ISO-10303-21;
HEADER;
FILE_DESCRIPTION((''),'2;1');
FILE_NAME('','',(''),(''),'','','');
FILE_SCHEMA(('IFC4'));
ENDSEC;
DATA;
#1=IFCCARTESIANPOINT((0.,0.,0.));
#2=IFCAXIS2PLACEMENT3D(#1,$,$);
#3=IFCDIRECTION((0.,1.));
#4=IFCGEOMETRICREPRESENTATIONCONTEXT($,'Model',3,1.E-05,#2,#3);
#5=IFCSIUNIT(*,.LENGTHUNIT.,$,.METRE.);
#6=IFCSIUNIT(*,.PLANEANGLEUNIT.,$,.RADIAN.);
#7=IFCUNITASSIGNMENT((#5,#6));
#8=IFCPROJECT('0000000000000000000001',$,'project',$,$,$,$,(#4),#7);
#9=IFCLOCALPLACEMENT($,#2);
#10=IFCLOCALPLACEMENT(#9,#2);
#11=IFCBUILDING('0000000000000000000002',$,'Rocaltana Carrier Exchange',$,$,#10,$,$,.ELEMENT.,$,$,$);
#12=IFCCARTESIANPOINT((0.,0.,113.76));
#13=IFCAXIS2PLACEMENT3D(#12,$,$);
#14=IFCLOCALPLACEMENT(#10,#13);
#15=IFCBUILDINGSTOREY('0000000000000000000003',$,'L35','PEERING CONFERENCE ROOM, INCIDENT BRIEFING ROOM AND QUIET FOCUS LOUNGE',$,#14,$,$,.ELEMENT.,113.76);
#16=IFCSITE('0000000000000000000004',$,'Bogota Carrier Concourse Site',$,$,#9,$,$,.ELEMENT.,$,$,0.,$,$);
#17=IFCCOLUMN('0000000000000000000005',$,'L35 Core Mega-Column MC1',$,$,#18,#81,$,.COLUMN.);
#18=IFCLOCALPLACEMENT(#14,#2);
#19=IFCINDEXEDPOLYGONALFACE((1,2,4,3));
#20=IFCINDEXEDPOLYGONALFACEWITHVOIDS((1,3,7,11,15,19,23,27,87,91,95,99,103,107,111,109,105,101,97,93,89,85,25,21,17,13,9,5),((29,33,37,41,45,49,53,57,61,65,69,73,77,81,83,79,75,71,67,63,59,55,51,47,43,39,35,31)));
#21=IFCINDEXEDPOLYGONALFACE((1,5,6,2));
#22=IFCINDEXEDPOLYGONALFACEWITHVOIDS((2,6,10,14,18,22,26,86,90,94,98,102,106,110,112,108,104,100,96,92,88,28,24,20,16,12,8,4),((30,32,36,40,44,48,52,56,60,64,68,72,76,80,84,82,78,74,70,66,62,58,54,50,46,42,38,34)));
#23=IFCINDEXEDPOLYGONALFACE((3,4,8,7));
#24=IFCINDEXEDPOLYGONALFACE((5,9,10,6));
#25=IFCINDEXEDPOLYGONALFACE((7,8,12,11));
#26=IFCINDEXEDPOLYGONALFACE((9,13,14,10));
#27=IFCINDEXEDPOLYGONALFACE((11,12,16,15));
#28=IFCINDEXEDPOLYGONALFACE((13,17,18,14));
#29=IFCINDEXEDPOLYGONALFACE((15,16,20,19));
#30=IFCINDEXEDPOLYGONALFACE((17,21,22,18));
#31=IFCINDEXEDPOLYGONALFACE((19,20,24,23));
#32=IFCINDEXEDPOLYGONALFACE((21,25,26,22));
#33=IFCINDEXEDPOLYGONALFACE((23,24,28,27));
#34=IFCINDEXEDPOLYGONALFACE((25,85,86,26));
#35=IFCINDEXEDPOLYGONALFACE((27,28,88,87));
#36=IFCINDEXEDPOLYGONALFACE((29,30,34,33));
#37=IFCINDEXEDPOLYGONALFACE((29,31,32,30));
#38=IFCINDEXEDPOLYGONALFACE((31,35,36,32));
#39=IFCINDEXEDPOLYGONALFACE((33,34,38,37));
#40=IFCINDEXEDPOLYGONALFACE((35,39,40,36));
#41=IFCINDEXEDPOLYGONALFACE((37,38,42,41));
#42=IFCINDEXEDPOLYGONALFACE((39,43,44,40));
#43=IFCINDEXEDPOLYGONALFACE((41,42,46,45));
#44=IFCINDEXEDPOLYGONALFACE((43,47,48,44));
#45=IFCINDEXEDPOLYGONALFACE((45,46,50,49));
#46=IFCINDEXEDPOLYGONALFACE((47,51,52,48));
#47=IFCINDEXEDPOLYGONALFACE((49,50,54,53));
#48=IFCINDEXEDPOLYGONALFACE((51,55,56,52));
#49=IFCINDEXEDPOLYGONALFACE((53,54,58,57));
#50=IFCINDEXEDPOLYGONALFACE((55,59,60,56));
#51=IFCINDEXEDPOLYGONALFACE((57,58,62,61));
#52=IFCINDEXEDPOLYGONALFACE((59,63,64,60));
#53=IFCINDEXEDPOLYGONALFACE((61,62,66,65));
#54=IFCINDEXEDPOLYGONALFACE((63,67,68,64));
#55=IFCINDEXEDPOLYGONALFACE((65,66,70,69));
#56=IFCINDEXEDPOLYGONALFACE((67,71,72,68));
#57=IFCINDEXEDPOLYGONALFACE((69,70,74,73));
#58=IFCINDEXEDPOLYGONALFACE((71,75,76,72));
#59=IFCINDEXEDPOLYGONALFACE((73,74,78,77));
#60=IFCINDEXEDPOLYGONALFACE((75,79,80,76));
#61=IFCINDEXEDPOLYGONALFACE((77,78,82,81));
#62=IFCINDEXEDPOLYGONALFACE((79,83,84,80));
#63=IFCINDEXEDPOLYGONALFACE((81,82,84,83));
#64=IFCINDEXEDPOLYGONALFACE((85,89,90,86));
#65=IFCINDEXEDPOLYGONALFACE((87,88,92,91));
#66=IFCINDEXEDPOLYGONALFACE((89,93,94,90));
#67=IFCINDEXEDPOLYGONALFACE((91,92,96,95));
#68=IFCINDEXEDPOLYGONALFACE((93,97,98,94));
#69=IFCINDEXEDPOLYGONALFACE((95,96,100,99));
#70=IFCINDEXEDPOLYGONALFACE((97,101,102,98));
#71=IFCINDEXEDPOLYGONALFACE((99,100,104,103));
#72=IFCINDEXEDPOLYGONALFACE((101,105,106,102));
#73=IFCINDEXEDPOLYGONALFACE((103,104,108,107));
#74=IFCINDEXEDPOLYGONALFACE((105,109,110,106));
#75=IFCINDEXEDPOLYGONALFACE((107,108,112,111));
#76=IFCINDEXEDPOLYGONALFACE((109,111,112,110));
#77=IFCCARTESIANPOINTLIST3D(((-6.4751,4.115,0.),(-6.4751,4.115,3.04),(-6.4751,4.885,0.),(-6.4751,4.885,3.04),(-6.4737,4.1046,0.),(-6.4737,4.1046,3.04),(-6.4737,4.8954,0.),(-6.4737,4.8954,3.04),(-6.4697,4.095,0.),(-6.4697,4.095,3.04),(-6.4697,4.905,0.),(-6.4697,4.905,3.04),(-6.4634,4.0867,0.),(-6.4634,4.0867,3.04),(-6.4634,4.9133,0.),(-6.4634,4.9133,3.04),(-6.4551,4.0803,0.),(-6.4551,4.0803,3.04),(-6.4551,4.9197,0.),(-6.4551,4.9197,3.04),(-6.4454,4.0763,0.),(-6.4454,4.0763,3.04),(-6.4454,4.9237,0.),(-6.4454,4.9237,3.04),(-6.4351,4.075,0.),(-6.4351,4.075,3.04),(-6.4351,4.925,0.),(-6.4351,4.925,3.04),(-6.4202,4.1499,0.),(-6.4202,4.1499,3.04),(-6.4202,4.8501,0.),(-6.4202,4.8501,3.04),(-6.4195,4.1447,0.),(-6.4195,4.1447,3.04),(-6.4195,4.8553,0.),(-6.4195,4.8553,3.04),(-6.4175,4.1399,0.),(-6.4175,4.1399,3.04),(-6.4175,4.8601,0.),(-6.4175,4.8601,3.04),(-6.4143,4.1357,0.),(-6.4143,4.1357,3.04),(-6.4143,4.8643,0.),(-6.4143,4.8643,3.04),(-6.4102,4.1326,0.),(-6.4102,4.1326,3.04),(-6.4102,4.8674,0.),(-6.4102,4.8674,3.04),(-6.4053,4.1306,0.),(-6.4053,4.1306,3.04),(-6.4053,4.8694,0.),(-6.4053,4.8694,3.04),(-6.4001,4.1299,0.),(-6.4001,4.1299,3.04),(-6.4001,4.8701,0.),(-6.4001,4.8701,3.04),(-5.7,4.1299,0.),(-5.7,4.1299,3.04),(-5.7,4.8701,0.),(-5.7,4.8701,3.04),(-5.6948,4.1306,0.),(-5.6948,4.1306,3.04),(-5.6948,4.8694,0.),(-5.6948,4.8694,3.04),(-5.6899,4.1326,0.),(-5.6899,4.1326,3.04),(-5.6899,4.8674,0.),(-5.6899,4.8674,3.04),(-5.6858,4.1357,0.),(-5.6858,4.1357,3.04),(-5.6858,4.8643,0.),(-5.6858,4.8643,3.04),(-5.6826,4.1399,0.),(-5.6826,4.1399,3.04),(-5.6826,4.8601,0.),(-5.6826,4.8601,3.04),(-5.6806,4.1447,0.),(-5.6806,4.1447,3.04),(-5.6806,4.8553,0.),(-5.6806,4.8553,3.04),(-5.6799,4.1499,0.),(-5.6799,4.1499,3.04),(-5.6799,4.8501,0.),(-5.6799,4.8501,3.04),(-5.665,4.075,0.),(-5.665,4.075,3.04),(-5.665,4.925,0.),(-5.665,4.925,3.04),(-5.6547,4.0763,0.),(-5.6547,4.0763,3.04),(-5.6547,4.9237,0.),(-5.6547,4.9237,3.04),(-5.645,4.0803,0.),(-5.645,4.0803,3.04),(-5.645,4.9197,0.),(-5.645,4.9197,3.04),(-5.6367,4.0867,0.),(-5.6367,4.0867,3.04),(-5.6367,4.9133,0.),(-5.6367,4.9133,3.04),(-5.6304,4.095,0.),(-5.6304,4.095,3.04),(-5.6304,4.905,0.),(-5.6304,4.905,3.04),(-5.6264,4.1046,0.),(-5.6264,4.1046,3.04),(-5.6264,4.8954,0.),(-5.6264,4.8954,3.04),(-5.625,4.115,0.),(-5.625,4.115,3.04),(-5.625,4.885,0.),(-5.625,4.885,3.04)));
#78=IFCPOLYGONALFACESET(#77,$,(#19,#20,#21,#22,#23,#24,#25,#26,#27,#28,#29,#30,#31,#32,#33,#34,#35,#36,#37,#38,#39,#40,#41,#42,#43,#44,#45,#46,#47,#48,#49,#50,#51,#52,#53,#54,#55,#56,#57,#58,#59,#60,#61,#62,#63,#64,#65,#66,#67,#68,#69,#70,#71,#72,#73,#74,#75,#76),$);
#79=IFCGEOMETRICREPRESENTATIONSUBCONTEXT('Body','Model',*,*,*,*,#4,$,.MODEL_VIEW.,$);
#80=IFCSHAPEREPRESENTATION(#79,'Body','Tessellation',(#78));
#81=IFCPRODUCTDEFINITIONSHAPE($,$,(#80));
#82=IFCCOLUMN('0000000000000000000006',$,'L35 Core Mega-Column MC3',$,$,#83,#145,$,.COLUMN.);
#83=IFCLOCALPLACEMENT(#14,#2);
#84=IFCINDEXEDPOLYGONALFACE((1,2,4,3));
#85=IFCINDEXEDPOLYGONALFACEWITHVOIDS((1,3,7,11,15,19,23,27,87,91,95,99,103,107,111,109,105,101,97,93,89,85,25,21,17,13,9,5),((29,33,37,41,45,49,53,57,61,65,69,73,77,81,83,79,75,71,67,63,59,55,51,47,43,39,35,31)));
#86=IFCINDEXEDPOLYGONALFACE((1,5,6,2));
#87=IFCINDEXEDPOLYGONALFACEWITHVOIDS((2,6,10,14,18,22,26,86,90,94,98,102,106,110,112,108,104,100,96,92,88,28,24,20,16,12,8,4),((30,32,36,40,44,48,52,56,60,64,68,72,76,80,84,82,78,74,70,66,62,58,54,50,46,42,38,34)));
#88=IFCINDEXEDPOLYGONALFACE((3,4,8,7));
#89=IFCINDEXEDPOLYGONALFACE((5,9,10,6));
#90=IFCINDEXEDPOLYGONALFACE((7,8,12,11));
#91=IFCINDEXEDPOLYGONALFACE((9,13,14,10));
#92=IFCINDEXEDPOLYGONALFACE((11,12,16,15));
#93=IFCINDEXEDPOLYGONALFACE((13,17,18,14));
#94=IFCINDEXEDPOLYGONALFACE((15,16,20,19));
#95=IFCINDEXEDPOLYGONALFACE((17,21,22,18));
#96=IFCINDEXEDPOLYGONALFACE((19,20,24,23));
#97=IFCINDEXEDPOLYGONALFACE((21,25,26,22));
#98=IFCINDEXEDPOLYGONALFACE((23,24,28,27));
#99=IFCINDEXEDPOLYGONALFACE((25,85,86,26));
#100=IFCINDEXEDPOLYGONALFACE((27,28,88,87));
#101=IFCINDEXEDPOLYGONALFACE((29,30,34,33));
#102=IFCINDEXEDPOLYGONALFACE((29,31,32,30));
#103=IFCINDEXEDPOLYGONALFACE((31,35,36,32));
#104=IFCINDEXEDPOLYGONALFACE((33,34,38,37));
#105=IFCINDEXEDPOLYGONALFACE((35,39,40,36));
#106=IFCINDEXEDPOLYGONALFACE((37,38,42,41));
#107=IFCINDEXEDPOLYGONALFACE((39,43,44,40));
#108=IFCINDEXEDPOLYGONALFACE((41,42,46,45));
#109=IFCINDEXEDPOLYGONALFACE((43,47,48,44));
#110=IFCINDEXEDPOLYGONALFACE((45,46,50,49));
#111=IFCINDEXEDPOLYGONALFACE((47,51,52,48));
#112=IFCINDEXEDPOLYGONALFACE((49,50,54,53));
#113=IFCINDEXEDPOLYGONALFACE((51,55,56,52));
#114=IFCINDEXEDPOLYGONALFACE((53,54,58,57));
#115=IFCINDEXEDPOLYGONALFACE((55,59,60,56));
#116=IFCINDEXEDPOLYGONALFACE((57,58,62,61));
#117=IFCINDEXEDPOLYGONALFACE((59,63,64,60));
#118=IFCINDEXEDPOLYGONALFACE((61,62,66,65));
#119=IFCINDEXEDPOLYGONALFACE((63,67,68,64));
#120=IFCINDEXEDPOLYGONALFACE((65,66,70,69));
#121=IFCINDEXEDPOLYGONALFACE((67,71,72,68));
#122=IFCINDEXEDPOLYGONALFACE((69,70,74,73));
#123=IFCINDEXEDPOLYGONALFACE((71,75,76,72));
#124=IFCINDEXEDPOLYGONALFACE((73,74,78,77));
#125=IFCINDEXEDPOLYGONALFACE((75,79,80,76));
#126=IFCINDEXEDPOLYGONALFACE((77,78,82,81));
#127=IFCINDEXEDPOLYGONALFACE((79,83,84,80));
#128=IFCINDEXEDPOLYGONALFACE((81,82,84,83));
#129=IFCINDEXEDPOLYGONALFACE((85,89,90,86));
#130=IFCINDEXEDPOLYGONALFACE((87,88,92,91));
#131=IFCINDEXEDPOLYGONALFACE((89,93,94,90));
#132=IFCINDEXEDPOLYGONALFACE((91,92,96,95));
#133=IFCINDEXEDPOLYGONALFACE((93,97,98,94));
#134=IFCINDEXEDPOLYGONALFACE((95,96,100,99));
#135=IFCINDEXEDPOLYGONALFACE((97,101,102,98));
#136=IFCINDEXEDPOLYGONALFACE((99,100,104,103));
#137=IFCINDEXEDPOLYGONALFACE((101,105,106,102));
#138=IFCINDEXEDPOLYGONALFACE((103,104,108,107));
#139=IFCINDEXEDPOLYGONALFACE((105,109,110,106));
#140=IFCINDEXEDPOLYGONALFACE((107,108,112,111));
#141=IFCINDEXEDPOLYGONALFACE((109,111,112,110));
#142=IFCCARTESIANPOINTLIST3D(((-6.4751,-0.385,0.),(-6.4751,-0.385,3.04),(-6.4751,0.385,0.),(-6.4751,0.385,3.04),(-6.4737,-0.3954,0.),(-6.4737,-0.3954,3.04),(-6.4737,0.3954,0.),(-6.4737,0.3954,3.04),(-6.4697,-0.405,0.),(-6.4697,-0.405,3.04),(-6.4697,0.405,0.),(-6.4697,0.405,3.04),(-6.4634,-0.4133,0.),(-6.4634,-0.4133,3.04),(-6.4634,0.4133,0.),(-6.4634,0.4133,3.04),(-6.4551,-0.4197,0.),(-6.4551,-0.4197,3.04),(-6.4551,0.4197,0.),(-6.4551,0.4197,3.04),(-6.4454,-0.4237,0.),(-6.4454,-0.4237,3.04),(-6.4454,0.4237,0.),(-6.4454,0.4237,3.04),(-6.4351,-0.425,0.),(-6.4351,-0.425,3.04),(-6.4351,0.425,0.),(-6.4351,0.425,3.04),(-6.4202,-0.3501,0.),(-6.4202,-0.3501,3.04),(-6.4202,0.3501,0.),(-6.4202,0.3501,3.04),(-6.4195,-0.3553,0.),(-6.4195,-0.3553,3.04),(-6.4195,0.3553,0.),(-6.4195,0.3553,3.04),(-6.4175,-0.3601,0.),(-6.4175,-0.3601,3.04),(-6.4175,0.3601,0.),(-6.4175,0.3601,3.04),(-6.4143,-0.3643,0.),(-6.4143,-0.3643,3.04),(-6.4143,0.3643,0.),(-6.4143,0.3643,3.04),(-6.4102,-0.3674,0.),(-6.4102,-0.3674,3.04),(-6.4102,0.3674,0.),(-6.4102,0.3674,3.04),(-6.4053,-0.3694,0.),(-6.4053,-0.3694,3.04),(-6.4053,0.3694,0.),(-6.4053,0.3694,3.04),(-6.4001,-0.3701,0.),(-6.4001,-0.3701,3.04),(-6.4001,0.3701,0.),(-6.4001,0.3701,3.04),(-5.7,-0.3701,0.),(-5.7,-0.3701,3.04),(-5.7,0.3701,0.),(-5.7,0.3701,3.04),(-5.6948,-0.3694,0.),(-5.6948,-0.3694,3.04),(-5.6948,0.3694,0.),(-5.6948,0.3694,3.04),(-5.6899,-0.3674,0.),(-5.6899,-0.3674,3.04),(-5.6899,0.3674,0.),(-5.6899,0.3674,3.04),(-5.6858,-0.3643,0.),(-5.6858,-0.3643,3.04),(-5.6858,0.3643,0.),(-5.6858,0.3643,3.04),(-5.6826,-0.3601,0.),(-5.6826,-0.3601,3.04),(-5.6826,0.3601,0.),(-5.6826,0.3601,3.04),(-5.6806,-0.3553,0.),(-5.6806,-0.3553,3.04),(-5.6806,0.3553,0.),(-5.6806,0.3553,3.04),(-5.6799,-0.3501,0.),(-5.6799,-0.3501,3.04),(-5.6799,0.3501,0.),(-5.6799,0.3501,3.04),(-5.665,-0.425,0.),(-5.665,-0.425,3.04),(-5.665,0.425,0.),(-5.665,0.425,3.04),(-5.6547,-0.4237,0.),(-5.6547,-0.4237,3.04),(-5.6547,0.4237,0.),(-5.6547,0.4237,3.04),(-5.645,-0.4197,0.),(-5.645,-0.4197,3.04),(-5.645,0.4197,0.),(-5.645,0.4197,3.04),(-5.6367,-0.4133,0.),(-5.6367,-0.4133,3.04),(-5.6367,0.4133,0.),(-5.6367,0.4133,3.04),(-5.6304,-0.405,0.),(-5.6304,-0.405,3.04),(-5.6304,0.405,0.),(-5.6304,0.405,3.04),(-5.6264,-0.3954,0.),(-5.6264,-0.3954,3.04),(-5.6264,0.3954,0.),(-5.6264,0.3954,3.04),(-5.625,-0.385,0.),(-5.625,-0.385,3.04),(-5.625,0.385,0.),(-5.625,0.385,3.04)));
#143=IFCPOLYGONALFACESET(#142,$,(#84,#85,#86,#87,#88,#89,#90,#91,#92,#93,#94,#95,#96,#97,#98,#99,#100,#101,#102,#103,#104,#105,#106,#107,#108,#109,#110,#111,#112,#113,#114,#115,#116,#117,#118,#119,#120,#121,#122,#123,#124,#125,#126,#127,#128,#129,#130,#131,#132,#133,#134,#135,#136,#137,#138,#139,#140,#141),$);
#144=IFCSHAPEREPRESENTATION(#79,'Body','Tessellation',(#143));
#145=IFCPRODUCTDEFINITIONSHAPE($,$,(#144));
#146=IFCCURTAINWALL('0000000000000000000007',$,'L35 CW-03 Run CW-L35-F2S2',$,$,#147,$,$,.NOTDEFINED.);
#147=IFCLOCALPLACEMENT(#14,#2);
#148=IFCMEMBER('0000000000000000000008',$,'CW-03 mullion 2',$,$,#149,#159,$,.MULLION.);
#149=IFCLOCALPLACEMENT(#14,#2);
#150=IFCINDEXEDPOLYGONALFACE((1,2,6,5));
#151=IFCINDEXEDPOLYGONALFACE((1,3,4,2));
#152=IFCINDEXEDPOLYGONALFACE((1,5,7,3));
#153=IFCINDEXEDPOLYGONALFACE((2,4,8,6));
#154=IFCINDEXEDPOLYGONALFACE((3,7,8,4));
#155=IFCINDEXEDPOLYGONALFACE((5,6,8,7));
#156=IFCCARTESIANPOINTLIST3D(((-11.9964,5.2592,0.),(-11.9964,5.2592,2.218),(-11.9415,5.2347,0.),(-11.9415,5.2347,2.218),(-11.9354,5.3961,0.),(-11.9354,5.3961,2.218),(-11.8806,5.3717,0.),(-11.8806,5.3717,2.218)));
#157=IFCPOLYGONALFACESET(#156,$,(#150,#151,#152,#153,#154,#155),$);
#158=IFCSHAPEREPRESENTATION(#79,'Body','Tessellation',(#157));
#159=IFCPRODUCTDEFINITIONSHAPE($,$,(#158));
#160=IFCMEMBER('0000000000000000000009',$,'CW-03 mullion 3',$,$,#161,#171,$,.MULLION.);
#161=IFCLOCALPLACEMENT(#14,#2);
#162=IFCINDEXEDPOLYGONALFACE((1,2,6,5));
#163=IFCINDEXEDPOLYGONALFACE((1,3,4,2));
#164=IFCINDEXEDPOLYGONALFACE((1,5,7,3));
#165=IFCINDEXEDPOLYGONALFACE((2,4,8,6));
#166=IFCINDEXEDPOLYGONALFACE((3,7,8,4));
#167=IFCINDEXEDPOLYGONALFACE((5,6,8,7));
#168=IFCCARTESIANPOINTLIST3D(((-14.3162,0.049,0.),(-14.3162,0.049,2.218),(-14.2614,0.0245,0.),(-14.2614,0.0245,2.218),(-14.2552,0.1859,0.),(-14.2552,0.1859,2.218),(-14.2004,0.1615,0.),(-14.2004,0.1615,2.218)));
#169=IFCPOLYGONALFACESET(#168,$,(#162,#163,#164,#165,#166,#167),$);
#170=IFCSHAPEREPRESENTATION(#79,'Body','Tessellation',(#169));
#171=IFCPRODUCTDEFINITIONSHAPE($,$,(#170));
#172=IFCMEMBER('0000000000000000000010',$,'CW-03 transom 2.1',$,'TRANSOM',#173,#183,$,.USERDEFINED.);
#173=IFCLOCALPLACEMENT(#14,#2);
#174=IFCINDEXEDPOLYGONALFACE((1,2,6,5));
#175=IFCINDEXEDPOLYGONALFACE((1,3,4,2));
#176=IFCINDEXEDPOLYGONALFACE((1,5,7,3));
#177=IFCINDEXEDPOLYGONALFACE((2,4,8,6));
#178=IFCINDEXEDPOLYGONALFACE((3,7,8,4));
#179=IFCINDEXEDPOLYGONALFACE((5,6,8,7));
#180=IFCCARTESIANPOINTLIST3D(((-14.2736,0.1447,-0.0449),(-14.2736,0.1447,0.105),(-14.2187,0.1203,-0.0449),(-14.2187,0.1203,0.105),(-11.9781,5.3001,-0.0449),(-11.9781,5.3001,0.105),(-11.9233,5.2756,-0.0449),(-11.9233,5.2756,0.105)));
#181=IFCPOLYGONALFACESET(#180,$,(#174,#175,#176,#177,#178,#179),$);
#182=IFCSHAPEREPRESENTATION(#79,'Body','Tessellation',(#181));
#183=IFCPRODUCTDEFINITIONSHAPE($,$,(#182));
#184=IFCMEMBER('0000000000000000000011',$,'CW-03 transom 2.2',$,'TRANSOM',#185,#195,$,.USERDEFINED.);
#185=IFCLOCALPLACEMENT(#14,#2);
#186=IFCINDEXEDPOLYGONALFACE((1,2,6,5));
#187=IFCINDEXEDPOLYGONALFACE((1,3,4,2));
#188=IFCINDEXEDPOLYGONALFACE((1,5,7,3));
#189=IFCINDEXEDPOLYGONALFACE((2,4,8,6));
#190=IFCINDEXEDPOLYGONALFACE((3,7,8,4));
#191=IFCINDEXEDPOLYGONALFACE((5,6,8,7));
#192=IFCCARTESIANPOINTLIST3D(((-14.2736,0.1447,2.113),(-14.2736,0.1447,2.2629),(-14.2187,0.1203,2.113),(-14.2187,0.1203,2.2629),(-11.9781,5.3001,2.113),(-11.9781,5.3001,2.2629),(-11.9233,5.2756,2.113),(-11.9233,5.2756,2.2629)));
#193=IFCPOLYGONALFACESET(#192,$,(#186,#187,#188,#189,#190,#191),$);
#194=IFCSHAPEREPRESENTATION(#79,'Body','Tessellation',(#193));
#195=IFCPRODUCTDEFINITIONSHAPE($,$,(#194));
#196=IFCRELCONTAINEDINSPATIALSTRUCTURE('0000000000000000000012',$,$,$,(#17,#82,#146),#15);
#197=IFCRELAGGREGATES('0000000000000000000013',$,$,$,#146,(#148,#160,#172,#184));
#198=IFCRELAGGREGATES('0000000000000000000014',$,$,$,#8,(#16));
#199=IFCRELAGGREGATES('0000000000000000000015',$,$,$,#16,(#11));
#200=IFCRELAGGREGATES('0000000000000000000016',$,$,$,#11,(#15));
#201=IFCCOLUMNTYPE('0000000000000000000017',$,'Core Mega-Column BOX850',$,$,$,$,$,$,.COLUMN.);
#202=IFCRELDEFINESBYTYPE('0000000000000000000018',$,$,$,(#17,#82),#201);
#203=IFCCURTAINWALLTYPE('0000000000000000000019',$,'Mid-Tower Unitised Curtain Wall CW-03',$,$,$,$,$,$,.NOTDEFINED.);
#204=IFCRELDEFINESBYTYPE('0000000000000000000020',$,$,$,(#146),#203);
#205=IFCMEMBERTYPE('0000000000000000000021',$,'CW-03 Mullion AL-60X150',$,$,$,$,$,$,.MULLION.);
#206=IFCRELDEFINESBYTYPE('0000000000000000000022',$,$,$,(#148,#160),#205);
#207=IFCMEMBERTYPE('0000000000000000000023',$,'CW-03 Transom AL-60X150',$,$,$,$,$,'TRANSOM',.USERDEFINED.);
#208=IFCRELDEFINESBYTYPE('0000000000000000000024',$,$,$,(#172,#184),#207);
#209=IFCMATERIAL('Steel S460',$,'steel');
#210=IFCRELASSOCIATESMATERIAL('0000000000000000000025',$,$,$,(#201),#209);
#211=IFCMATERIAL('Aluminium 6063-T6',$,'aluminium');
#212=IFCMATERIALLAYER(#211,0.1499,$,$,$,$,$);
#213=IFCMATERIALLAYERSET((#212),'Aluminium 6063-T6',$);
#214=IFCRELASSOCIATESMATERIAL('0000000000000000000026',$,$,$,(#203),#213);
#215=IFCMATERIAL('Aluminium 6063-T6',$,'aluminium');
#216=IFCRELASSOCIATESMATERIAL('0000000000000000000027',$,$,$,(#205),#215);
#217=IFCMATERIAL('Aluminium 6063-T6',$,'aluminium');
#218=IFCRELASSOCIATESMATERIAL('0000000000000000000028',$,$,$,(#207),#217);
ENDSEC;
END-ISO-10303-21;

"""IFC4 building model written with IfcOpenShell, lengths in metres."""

from ifc_helpers import new_model, si_unit, direction, frame, origin, origin_2d, place, context, subcontext, project, spatial, rectangle, hollow_rectangle, extrude, material, layer, layer_set, material_profile, profile_set, type_object, element, aggregate, save


model = new_model("IFC4")

# Units and contexts
model_context = context("Model", 3, precision=1e-05, world=origin(), true_north=direction((0.0, 1.0)))
body_context = subcontext(model_context, "Body", "Model", "MODEL_VIEW")
ifc_project = project(units=[si_unit("LENGTHUNIT", "METRE"), si_unit("PLANEANGLEUNIT", "RADIAN")], contexts=[model_context])

# Site, building, storey
site_placement = place(None, origin())
site = spatial("IfcSite", under=ifc_project, at=site_placement, Name="Bogota Carrier Concourse Site", CompositionType="ELEMENT", RefElevation=0.0)
building_placement = place(site_placement, origin())
building = spatial("IfcBuilding", under=site, at=building_placement, Name="Rocaltana Carrier Exchange", CompositionType="ELEMENT")
storey_placement = place(building_placement, frame((0.0, 0.0, 113.76)))
storey = spatial("IfcBuildingStorey", under=building, at=storey_placement, Name="L35", Description="PEERING CONFERENCE ROOM, INCIDENT BRIEFING ROOM AND QUIET FOCUS LOUNGE", CompositionType="ELEMENT", Elevation=113.76)

# Columns
ifc_material_1 = material(Name="Steel S460", Category="steel")
ifc_material_profile_1 = material_profile(ifc_material_1, hollow_rectangle(XDim=0.8501, YDim=0.8501, WallThickness=0.0549, InnerFilletRadius=0.02, OuterFilletRadius=0.04, at=origin_2d()), Name="BOX850X850X55")
ifc_profile_set_1 = profile_set([ifc_material_profile_1], Name="Steel S460")
column_type = type_object("IfcColumnType", Name="Core Mega-Column BOX850", PredefinedType="COLUMN", material=ifc_profile_set_1)
for number, where, z_axis, x_axis, name in (
    (1, (-6.05, 4.5, 0.0), (0.0, 0.0, 1.0), (1.0, 0.0, 0.0), "L35 Core Mega-Column MC1"),
    (2, (-6.05, 0.0, 0.0), (0.0, 0.0, 1.0), (1.0, 0.0, 0.0), "L35 Core Mega-Column MC3"),
):
    element("IfcColumn", number, at=place(storey_placement, frame(where, z_axis=z_axis, x_axis=x_axis)), inside=storey, type_object=column_type, Name=name, PredefinedType="COLUMN", context=body_context, shape_type="SweptSolid", body=[
        extrude(hollow_rectangle(XDim=0.8501, YDim=0.8501, WallThickness=0.0549, InnerFilletRadius=0.02, OuterFilletRadius=0.04, at=origin_2d()), origin(), (0.0, 0.0, 1.0), 3.04),
    ])

# Curtain wall, members
ifc_material_2 = material(Name="Aluminium 6063-T6", Category="aluminium")
ifc_layer_1 = layer(ifc_material_2, 0.1499)
ifc_layer_set_1 = layer_set([ifc_layer_1], Name="Aluminium 6063-T6")
curtain_wall_type = type_object("IfcCurtainWallType", Name="Mid-Tower Unitised Curtain Wall CW-03", PredefinedType="NOTDEFINED", material=ifc_layer_set_1)
curtain_wall_placement = place(storey_placement, origin())
curtain_wall = element("IfcCurtainWall", 3, at=curtain_wall_placement, inside=storey, type_object=curtain_wall_type, Name="L35 CW-03 Run CW-L35-F2S2", PredefinedType="NOTDEFINED")
ifc_material_3 = material(Name="Aluminium 6063-T6", Category="aluminium")
ifc_material_profile_2 = material_profile(ifc_material_3, rectangle(XDim=0.0601, YDim=0.1499, at=origin_2d()), Name="AL-60X150")
ifc_profile_set_2 = profile_set([ifc_material_profile_2], Name="Aluminium 6063-T6")
member_type_1 = type_object("IfcMemberType", Name="CW-03 Mullion AL-60X150", PredefinedType="MULLION", material=ifc_profile_set_2)
member_1_placement = place(storey_placement, frame((-11.9385, 5.3154, 0.0), z_axis=(0.0, 0.0, 1.0), x_axis=(0.913542, -0.406744, 0.0)))
member_1 = element("IfcMember", 4, at=member_1_placement, type_object=member_type_1, Name="CW-03 mullion 2", PredefinedType="MULLION", context=body_context, shape_type="SweptSolid", body=[
    extrude(rectangle(XDim=0.0601, YDim=0.1499, at=origin_2d()), origin(), (0.0, 0.0, 1.0), 2.218),
])
member_2_placement = place(storey_placement, frame((-14.2583, 0.1052, 0.0), z_axis=(0.0, 0.0, 1.0), x_axis=(0.913542, -0.406744, 0.0)))
member_2 = element("IfcMember", 5, at=member_2_placement, type_object=member_type_1, Name="CW-03 mullion 3", PredefinedType="MULLION", context=body_context, shape_type="SweptSolid", body=[
    extrude(rectangle(XDim=0.0601, YDim=0.1499, at=origin_2d()), origin(), (0.0, 0.0, 1.0), 2.218),
])
ifc_material_4 = material(Name="Aluminium 6063-T6", Category="aluminium")
ifc_material_profile_3 = material_profile(ifc_material_4, rectangle(XDim=0.0601, YDim=0.1499, at=origin_2d()), Name="AL-60X150")
ifc_profile_set_3 = profile_set([ifc_material_profile_3], Name="Aluminium 6063-T6")
member_type_2 = type_object("IfcMemberType", Name="CW-03 Transom AL-60X150", ElementType="TRANSOM", PredefinedType="USERDEFINED", material=ifc_profile_set_3)
member_3_placement = place(storey_placement, frame((-11.9507, 5.2878, 0.03), z_axis=(-0.406757, -0.913537, 0.0), x_axis=(0.913537, -0.406757, 0.0)))
member_3 = element("IfcMember", 6, at=member_3_placement, type_object=member_type_2, Name="CW-03 transom 2.1", ObjectType="TRANSOM", PredefinedType="USERDEFINED", context=body_context, shape_type="SweptSolid", body=[
    extrude(rectangle(XDim=0.0601, YDim=0.1499, at=origin_2d()), origin(), (0.0, 0.0, 1.0), 5.6433),
])
member_4_placement = place(storey_placement, frame((-11.9507, 5.2878, 2.188), z_axis=(-0.406757, -0.913537, 0.0), x_axis=(0.913537, -0.406757, 0.0)))
member_4 = element("IfcMember", 7, at=member_4_placement, type_object=member_type_2, Name="CW-03 transom 2.2", ObjectType="TRANSOM", PredefinedType="USERDEFINED", context=body_context, shape_type="SweptSolid", body=[
    extrude(rectangle(XDim=0.0601, YDim=0.1499, at=origin_2d()), origin(), (0.0, 0.0, 1.0), 5.6433),
])

aggregate(curtain_wall, [member_1, member_2, member_3, member_4])

save(model, "model.ifc")
